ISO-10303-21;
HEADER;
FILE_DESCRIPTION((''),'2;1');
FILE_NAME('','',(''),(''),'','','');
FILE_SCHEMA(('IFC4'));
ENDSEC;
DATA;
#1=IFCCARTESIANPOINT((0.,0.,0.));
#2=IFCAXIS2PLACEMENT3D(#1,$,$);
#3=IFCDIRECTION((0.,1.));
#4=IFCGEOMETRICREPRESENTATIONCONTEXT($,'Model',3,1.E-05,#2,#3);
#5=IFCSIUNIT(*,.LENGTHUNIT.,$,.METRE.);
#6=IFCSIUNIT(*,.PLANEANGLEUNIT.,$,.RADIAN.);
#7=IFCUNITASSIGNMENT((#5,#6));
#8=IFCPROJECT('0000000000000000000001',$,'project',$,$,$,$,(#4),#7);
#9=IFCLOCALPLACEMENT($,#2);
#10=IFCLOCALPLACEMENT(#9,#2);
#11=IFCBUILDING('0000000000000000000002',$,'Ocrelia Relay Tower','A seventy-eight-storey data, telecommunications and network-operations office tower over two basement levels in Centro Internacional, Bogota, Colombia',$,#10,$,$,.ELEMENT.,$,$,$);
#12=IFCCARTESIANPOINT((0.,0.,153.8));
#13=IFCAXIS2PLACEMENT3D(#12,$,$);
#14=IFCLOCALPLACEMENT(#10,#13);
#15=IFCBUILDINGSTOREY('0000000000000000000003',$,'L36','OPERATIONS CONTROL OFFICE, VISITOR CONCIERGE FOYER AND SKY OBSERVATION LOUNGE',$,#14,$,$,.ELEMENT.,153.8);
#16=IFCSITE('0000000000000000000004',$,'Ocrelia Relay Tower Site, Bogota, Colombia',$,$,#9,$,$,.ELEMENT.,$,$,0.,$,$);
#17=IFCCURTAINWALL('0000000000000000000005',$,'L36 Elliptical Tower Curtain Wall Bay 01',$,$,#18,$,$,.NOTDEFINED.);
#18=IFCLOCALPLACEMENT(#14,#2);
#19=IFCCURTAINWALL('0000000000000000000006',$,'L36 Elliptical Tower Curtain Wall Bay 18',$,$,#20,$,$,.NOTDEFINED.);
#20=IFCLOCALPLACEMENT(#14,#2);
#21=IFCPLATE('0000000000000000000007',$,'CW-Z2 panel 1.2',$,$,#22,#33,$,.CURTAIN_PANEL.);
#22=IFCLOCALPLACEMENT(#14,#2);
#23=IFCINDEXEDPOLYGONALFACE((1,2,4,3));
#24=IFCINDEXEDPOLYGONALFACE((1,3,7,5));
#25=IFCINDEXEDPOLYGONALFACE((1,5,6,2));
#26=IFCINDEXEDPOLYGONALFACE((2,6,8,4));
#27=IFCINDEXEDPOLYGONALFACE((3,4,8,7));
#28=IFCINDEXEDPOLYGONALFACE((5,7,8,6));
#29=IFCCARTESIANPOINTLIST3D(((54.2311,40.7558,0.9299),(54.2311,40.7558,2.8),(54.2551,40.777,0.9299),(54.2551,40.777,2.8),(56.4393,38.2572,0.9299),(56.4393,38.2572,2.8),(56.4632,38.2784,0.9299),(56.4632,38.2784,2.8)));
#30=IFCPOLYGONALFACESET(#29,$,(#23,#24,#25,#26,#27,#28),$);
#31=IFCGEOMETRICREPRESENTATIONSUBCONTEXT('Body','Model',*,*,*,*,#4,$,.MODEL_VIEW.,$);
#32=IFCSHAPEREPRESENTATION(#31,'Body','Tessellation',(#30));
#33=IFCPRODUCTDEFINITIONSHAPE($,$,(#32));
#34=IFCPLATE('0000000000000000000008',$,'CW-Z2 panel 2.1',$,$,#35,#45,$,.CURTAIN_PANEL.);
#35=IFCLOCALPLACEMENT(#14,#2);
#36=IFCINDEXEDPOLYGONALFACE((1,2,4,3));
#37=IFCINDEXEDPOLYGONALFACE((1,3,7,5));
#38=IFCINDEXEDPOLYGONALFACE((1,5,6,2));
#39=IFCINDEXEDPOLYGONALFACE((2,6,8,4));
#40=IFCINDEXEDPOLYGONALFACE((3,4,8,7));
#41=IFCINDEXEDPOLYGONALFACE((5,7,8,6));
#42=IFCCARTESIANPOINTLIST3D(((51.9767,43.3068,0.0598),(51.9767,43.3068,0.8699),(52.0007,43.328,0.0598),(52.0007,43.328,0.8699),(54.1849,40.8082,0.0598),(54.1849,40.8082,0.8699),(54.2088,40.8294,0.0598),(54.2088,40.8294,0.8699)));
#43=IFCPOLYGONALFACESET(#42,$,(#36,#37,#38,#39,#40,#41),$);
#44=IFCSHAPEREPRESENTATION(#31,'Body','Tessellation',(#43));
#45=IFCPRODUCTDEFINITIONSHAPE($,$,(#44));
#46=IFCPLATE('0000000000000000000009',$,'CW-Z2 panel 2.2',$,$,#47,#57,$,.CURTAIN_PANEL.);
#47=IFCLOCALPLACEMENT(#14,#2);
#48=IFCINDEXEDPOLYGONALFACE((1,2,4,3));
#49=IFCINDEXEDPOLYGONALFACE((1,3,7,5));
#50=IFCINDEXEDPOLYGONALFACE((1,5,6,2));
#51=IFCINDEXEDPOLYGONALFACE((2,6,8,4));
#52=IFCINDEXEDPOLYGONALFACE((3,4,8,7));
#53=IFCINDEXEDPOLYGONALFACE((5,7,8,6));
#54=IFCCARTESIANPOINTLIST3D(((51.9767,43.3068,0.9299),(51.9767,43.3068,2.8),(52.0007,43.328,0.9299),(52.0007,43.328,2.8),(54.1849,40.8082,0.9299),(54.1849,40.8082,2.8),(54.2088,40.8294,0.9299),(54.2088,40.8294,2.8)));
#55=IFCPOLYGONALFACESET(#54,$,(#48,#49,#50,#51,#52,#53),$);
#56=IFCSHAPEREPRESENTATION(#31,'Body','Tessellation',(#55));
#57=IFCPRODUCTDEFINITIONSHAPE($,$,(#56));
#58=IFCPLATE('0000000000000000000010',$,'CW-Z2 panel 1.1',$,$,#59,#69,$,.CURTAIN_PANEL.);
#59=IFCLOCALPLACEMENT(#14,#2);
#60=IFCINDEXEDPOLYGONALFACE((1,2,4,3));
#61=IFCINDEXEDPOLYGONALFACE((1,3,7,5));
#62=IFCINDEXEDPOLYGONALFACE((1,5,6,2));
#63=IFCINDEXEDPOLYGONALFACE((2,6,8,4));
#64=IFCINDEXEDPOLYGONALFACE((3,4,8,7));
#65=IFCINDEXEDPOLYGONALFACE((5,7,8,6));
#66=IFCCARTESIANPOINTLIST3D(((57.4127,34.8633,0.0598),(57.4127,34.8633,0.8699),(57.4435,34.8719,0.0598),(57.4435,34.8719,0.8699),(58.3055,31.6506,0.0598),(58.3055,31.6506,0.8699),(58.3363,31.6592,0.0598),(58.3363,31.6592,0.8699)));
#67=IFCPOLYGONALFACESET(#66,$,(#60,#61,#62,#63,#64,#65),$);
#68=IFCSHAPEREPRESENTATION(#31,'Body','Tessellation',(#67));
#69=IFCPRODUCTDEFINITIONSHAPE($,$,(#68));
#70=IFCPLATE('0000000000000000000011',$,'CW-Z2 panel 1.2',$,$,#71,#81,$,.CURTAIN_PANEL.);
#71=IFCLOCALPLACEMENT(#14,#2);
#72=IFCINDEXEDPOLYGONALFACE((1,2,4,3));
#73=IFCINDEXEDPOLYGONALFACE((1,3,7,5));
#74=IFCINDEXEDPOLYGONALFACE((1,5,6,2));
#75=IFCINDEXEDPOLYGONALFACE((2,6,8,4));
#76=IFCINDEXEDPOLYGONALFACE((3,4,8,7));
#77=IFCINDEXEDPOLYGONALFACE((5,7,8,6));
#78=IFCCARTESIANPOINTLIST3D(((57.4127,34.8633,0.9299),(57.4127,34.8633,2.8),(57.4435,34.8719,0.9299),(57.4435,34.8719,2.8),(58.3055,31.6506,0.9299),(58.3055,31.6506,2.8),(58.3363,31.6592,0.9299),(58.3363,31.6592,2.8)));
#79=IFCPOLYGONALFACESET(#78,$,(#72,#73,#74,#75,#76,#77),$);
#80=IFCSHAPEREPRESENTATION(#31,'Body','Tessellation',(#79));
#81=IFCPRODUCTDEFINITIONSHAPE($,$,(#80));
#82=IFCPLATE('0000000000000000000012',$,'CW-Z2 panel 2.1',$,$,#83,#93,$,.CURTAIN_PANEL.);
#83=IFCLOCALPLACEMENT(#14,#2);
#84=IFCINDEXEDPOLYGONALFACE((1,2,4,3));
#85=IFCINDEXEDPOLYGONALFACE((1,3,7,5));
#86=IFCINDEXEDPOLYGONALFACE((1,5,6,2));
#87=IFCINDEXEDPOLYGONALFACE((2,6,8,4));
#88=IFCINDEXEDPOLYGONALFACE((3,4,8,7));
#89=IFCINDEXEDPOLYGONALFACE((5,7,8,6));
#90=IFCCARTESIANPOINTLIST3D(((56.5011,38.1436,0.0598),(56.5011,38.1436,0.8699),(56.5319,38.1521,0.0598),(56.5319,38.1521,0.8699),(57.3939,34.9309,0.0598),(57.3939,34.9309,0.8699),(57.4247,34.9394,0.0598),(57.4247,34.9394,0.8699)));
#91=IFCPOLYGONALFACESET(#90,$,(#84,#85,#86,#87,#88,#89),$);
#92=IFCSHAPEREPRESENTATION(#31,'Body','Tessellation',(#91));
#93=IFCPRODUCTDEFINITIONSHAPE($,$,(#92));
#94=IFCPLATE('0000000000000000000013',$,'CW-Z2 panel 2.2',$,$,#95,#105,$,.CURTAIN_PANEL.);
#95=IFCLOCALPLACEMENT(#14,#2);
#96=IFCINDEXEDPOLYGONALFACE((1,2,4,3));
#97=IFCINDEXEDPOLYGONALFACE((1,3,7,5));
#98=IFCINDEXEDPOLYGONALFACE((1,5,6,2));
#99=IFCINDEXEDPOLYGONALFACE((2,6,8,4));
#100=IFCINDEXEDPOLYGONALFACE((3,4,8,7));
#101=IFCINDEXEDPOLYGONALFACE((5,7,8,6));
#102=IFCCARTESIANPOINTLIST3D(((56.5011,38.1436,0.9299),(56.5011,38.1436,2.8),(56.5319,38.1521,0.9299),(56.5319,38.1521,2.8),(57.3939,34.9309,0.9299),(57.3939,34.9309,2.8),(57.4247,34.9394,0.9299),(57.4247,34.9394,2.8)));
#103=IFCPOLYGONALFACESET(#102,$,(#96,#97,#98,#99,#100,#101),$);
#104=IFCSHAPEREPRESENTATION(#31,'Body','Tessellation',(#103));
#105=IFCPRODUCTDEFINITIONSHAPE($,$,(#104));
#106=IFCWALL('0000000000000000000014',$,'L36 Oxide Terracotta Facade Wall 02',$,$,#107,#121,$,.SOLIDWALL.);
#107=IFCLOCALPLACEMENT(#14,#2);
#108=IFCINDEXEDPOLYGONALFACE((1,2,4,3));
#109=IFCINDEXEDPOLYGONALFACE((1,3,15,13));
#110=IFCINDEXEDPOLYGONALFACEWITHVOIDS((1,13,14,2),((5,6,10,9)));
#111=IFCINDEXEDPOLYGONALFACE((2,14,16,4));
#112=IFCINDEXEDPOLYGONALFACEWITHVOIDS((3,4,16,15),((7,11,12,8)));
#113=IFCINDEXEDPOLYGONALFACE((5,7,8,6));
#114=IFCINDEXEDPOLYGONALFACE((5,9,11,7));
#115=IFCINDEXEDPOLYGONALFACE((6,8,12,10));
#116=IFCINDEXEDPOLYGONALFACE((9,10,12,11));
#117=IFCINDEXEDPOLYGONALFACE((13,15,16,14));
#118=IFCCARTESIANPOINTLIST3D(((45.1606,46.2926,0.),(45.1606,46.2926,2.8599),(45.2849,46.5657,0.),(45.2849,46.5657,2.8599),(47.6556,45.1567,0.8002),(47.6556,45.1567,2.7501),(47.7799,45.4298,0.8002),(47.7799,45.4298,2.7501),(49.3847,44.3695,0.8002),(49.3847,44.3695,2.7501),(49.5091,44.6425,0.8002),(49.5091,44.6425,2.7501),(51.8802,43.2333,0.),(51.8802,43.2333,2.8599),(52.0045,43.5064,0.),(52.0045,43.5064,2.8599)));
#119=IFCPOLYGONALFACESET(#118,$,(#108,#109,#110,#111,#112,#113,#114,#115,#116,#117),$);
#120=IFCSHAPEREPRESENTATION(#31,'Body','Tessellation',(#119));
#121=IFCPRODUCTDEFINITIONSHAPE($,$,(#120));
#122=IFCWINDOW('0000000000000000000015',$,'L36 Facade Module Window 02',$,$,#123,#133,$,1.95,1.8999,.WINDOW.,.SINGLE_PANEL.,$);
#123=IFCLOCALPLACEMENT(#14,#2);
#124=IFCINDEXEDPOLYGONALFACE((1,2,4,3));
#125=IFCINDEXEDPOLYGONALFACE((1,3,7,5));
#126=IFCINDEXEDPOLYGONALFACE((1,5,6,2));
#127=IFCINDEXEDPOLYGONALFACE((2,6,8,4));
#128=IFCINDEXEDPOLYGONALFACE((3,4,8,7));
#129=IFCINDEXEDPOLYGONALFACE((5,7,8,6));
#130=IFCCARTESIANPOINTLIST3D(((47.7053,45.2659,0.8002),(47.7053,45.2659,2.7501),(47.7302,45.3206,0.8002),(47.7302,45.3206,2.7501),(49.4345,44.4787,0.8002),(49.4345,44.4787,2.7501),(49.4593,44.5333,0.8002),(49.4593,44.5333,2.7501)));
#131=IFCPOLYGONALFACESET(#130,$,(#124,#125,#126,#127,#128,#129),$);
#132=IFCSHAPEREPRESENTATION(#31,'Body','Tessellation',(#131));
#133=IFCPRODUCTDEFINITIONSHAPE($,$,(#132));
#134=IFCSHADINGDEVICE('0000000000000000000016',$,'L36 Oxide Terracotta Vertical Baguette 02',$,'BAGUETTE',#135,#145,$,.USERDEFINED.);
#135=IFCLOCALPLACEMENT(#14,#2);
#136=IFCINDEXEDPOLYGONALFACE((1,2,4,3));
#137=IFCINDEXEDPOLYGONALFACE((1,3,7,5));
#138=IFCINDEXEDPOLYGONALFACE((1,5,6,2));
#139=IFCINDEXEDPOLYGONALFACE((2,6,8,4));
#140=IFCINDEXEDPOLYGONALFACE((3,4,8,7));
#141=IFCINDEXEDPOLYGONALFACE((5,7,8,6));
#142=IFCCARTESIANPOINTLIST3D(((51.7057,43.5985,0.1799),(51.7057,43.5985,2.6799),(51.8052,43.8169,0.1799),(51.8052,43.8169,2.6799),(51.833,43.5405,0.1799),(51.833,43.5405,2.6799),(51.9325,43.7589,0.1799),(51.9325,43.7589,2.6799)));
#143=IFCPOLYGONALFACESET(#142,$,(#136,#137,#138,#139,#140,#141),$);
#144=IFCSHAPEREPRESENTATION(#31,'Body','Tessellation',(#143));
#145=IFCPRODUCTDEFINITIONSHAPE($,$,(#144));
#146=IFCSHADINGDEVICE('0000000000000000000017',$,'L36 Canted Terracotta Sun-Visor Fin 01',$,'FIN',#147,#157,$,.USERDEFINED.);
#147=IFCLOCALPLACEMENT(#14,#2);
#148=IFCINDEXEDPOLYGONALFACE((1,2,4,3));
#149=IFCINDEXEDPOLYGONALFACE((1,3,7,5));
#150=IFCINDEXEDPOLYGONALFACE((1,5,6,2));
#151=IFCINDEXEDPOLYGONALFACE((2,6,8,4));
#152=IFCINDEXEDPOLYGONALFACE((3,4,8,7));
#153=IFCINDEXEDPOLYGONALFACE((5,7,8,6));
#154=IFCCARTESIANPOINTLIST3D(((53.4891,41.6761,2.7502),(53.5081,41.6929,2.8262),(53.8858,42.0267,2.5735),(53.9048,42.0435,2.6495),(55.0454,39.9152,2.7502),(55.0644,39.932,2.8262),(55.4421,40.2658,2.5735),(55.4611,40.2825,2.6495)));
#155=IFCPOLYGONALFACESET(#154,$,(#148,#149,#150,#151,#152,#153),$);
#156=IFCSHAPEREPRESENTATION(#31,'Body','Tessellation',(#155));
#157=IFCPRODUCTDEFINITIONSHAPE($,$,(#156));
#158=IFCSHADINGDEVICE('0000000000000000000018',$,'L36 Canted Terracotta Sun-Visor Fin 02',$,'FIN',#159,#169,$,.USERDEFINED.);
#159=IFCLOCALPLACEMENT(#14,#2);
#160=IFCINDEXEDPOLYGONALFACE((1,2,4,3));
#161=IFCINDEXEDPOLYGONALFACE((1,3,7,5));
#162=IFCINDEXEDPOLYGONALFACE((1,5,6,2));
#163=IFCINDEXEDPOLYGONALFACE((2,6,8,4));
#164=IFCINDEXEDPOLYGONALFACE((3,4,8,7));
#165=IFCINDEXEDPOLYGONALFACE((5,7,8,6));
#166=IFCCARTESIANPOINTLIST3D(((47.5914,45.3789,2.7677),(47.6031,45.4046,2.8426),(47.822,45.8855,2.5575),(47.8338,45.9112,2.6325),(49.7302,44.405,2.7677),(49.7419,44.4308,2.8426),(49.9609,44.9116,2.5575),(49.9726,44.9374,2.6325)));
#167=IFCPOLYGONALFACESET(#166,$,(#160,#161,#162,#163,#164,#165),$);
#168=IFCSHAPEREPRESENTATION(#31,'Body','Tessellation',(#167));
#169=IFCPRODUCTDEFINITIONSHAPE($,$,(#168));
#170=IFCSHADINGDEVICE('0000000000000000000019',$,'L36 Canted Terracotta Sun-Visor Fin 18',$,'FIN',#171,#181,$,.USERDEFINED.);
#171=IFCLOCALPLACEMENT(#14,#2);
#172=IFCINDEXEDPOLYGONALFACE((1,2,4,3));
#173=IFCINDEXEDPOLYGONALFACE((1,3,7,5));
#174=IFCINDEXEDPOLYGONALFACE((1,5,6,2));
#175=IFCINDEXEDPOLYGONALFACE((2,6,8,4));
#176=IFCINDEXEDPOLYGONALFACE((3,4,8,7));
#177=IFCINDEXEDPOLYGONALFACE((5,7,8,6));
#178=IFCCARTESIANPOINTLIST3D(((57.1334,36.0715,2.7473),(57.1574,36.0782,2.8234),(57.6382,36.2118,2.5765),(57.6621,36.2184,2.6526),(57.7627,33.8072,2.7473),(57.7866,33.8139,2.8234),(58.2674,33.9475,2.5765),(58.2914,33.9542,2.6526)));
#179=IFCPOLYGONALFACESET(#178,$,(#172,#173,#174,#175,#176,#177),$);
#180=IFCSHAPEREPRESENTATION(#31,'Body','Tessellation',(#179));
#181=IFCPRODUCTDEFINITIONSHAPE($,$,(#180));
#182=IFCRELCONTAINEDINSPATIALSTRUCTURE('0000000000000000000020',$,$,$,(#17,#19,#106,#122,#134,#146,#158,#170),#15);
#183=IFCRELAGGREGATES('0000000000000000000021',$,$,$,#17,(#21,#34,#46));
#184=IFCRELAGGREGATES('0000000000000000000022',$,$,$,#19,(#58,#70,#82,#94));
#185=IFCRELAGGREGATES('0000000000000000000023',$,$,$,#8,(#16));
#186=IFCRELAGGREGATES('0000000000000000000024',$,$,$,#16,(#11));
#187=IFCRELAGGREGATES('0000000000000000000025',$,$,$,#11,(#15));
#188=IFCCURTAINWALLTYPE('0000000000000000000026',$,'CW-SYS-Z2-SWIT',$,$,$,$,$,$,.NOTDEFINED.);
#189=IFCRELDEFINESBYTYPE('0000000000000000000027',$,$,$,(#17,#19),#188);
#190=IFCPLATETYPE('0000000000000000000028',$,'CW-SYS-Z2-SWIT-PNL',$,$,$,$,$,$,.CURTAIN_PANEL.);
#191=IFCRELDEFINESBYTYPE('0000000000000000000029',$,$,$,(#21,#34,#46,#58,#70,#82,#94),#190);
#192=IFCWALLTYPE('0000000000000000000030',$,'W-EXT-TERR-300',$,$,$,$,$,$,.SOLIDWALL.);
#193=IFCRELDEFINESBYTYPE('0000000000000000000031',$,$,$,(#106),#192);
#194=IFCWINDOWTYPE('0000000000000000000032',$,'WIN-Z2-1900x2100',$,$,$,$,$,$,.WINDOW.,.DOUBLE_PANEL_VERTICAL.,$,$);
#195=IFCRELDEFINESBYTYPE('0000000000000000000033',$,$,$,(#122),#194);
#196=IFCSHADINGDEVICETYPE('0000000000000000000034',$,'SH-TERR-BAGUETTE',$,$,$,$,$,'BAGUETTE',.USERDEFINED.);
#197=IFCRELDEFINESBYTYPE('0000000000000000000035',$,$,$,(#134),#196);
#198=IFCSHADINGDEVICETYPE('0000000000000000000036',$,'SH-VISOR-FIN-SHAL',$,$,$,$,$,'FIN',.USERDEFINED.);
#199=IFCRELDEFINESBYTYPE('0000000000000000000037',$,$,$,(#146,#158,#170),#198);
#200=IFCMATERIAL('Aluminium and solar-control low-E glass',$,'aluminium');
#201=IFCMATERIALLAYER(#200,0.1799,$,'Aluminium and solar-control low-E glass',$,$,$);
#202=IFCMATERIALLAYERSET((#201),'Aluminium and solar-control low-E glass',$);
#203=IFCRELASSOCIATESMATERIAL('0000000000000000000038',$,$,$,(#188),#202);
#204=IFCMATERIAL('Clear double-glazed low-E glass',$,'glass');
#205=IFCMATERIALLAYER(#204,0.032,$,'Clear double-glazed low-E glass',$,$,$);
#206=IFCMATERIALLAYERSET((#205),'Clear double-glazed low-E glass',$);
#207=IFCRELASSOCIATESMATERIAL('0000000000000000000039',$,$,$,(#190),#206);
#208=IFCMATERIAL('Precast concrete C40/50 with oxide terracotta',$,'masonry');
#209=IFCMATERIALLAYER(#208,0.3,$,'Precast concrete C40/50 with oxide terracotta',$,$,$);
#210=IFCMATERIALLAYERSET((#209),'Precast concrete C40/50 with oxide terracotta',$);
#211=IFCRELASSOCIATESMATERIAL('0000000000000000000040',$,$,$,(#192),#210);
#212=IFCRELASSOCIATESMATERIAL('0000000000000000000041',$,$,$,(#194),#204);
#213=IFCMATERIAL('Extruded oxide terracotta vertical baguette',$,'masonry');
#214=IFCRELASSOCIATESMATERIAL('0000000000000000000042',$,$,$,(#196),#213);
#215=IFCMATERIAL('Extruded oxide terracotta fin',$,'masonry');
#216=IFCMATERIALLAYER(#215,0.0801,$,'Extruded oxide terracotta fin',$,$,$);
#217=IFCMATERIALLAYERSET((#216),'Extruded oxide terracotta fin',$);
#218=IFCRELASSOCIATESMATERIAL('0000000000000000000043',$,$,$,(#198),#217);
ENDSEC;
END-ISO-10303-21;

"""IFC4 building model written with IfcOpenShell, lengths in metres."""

from ifc_helpers import new_model, si_unit, direction, frame, frame_2d, origin, origin_2d, place, context, subcontext, project, spatial, rectangle, extrude, material, layer, layer_set, type_object, element, fill, aggregate, save


model = new_model("IFC4")

# Units and contexts
model_context = context("Model", 3, precision=1e-05, world=origin(), true_north=direction((0.0, 1.0)))
body_context = subcontext(model_context, "Body", "Model", "MODEL_VIEW")
ifc_project = project(units=[si_unit("LENGTHUNIT", "METRE"), si_unit("PLANEANGLEUNIT", "RADIAN")], contexts=[model_context])

# Site, building, storey
site_placement = place(None, origin())
site = spatial("IfcSite", under=ifc_project, at=site_placement, Name="Ocrelia Relay Tower Site, Bogota, Colombia", CompositionType="ELEMENT", RefElevation=0.0)
building_placement = place(site_placement, origin())
building = spatial("IfcBuilding", under=site, at=building_placement, Name="Ocrelia Relay Tower", Description="A seventy-eight-storey data, telecommunications and network-operations office tower over two basement levels in Centro Internacional, Bogota, Colombia", CompositionType="ELEMENT")
storey_placement = place(building_placement, frame((0.0, 0.0, 153.8)))
storey = spatial("IfcBuildingStorey", under=building, at=storey_placement, Name="L36", Description="OPERATIONS CONTROL OFFICE, VISITOR CONCIERGE FOYER AND SKY OBSERVATION LOUNGE", CompositionType="ELEMENT", Elevation=153.8)

# Curtain walls
ifc_material_1 = material(Name="Aluminium and solar-control low-E glass", Category="aluminium")
ifc_layer_1 = layer(ifc_material_1, 0.1799, Name="Aluminium and solar-control low-E glass")
ifc_layer_set_1 = layer_set([ifc_layer_1], Name="Aluminium and solar-control low-E glass")
curtain_wall_type = type_object("IfcCurtainWallType", Name="CW-SYS-Z2-SWIT", PredefinedType="NOTDEFINED", material=ifc_layer_set_1)
curtain_wall_1_placement = place(storey_placement, origin())
curtain_wall_1 = element("IfcCurtainWall", 1, at=curtain_wall_1_placement, inside=storey, type_object=curtain_wall_type, Name="L36 Elliptical Tower Curtain Wall Bay 01", PredefinedType="NOTDEFINED")
curtain_wall_2_placement = place(storey_placement, origin())
curtain_wall_2 = element("IfcCurtainWall", 2, at=curtain_wall_2_placement, inside=storey, type_object=curtain_wall_type, Name="L36 Elliptical Tower Curtain Wall Bay 18", PredefinedType="NOTDEFINED")

# Plates
ifc_material_2 = material(Name="Clear double-glazed low-E glass", Category="glass")
ifc_layer_2 = layer(ifc_material_2, 0.032, Name="Clear double-glazed low-E glass")
ifc_layer_set_2 = layer_set([ifc_layer_2], Name="Clear double-glazed low-E glass")
plate_type = type_object("IfcPlateType", Name="CW-SYS-Z2-SWIT-PNL", PredefinedType="CURTAIN_PANEL", material=ifc_layer_set_2)
plate_1_placement = place(storey_placement, frame((55.3472, 39.5171, 0.9299), z_axis=(0.0, 0.0, 1.0), x_axis=(-0.662219, 0.74931, 0.0)))
plate_1 = element("IfcPlate", 3, at=plate_1_placement, type_object=plate_type, Name="CW-Z2 panel 1.2", PredefinedType="CURTAIN_PANEL", context=body_context, shape_type="SweptSolid", body=[
    extrude(rectangle(XDim=3.3345, YDim=0.032, at=origin_2d()), origin(), (0.0, 0.0, 1.0), 1.8701),
])
plate_2_placement = place(storey_placement, frame((53.0928, 42.0681, 0.0598), z_axis=(0.0, 0.0, 1.0), x_axis=(-0.662219, 0.74931, 0.0)))
plate_2 = element("IfcPlate", 4, at=plate_2_placement, type_object=plate_type, Name="CW-Z2 panel 2.1", PredefinedType="CURTAIN_PANEL", context=body_context, shape_type="SweptSolid", body=[
    extrude(rectangle(XDim=3.3345, YDim=0.032, at=origin_2d()), origin(), (0.0, 0.0, 1.0), 0.8101),
])
plate_3_placement = place(storey_placement, frame((53.0928, 42.0681, 0.9299), z_axis=(0.0, 0.0, 1.0), x_axis=(-0.662219, 0.74931, 0.0)))
plate_3 = element("IfcPlate", 5, at=plate_3_placement, type_object=plate_type, Name="CW-Z2 panel 2.2", PredefinedType="CURTAIN_PANEL", context=body_context, shape_type="SweptSolid", body=[
    extrude(rectangle(XDim=3.3345, YDim=0.032, at=origin_2d()), origin(), (0.0, 0.0, 1.0), 1.8701),
])
aggregate(curtain_wall_1, [plate_1, plate_2, plate_3])
plate_4_placement = place(storey_placement, frame((57.8745, 33.2612, 0.0598), z_axis=(0.0, 0.0, 1.0), x_axis=(-0.267754, 0.963487, 0.0)))
plate_4 = element("IfcPlate", 6, at=plate_4_placement, type_object=plate_type, Name="CW-Z2 panel 1.1", PredefinedType="CURTAIN_PANEL", context=body_context, shape_type="SweptSolid", body=[
    extrude(rectangle(XDim=3.3345, YDim=0.032, at=origin_2d()), origin(), (0.0, 0.0, 1.0), 0.8101),
])
plate_5_placement = place(storey_placement, frame((57.8745, 33.2612, 0.9299), z_axis=(0.0, 0.0, 1.0), x_axis=(-0.267754, 0.963487, 0.0)))
plate_5 = element("IfcPlate", 7, at=plate_5_placement, type_object=plate_type, Name="CW-Z2 panel 1.2", PredefinedType="CURTAIN_PANEL", context=body_context, shape_type="SweptSolid", body=[
    extrude(rectangle(XDim=3.3345, YDim=0.032, at=origin_2d()), origin(), (0.0, 0.0, 1.0), 1.8701),
])
plate_6_placement = place(storey_placement, frame((56.9629, 36.5415, 0.0598), z_axis=(0.0, 0.0, 1.0), x_axis=(-0.267754, 0.963487, 0.0)))
plate_6 = element("IfcPlate", 8, at=plate_6_placement, type_object=plate_type, Name="CW-Z2 panel 2.1", PredefinedType="CURTAIN_PANEL", context=body_context, shape_type="SweptSolid", body=[
    extrude(rectangle(XDim=3.3345, YDim=0.032, at=origin_2d()), origin(), (0.0, 0.0, 1.0), 0.8101),
])
plate_7_placement = place(storey_placement, frame((56.9629, 36.5415, 0.9299), z_axis=(0.0, 0.0, 1.0), x_axis=(-0.267754, 0.963487, 0.0)))
plate_7 = element("IfcPlate", 9, at=plate_7_placement, type_object=plate_type, Name="CW-Z2 panel 2.2", PredefinedType="CURTAIN_PANEL", context=body_context, shape_type="SweptSolid", body=[
    extrude(rectangle(XDim=3.3345, YDim=0.032, at=origin_2d()), origin(), (0.0, 0.0, 1.0), 1.8701),
])
aggregate(curtain_wall_2, [plate_4, plate_5, plate_6, plate_7])

# Wall, opening, window
ifc_material_3 = material(Name="Precast concrete C40/50 with oxide terracotta", Category="masonry")
ifc_layer_3 = layer(ifc_material_3, 0.3, Name="Precast concrete C40/50 with oxide terracotta")
ifc_layer_set_3 = layer_set([ifc_layer_3], Name="Precast concrete C40/50 with oxide terracotta")
wall_type = type_object("IfcWallType", Name="W-EXT-TERR-300", PredefinedType="SOLIDWALL", material=ifc_layer_set_3)
wall_placement = place(storey_placement, frame((51.9424, 43.3699, 0.0), z_axis=(0.0, 0.0, 1.0), x_axis=(-0.910116, 0.414353, 0.0)))
wall = element("IfcWall", 10, at=wall_placement, inside=storey, type_object=wall_type, Name="L36 Oxide Terracotta Facade Wall 02", PredefinedType="SOLIDWALL", context=body_context, shape_type="SweptSolid", body=[
    extrude(rectangle(XDim=7.3833, YDim=0.3, at=frame_2d((3.6917, 0.0))), origin(), (0.0, 0.0, 1.0), 2.8599),
])
opening_placement = place(wall_placement, frame((2.7419, 0.0, 0.8)))
opening = element("IfcOpeningElement", 11, at=opening_placement, cuts=wall, PredefinedType="OPENING", context=body_context, shape_type="SweptSolid", body=[
    extrude(rectangle(XDim=1.8999, YDim=1.95, at=frame_2d((0.95, 0.9751))), frame((0.0, 0.1602, 0.0), z_axis=(0.0, -1.0, 0.0), x_axis=(1.0, 0.0, 0.0)), (0.0, 0.0, 1.0), 0.3201),
])
window_type = type_object("IfcWindowType", Name="WIN-Z2-1900x2100", PartitioningType="DOUBLE_PANEL_VERTICAL", PredefinedType="WINDOW", material=ifc_material_2)
window_placement = place(opening_placement, origin())
window = element("IfcWindow", 12, at=window_placement, inside=storey, type_object=window_type, Name="L36 Facade Module Window 02", OverallHeight=1.95, OverallWidth=1.8999, PartitioningType="SINGLE_PANEL", PredefinedType="WINDOW", context=body_context, shape_type="SweptSolid", body=[
    extrude(rectangle(XDim=1.8999, YDim=1.95, at=frame_2d((0.95, 0.9751))), frame((0.0, 0.03, 0.0), z_axis=(0.0, -1.0, 0.0), x_axis=(1.0, 0.0, 0.0)), (0.0, 0.0, 1.0), 0.0601),
])
fill(opening, window)

# Shading devices
ifc_material_4 = material(Name="Extruded oxide terracotta vertical baguette", Category="masonry")
shading_device_type_1 = type_object("IfcShadingDeviceType", Name="SH-TERR-BAGUETTE", ElementType="BAGUETTE", PredefinedType="USERDEFINED", material=ifc_material_4)
shading_device_1_placement = place(storey_placement, frame((51.8191, 43.6787, 0.1799), z_axis=(0.0, 0.0, 1.0), x_axis=(-0.910104, 0.414379, 0.0)))
element("IfcShadingDevice", 13, at=shading_device_1_placement, inside=storey, type_object=shading_device_type_1, Name="L36 Oxide Terracotta Vertical Baguette 02", ObjectType="BAGUETTE", PredefinedType="USERDEFINED", context=body_context, shape_type="SweptSolid", body=[
    extrude(rectangle(XDim=0.1399, YDim=0.24, at=origin_2d()), origin(), (0.0, 0.0, 1.0), 2.5),
])
ifc_material_5 = material(Name="Extruded oxide terracotta fin", Category="masonry")
ifc_layer_4 = layer(ifc_material_5, 0.0801, Name="Extruded oxide terracotta fin")
ifc_layer_set_4 = layer_set([ifc_layer_4], Name="Extruded oxide terracotta fin")
shading_device_type_2 = type_object("IfcShadingDeviceType", Name="SH-VISOR-FIN-SHAL", ElementType="FIN", PredefinedType="USERDEFINED", material=ifc_layer_set_4)
shading_device_2_placement = place(storey_placement, frame((54.4656, 40.9709, 2.6619), z_axis=(0.237264, 0.209687, 0.948545), x_axis=(-0.662219, 0.74931, 0.0)))
element("IfcShadingDevice", 14, at=shading_device_2_placement, inside=storey, type_object=shading_device_type_2, Name="L36 Canted Terracotta Sun-Visor Fin 01", ObjectType="FIN", PredefinedType="USERDEFINED", context=body_context, shape_type="SweptSolid", body=[
    extrude(rectangle(XDim=2.3501, YDim=0.5581, at=origin_2d()), origin(), (0.0, 0.0, 1.0), 0.0801),
])
shading_device_3_placement = place(storey_placement, frame((48.7761, 45.1453, 2.6626), z_axis=(0.146337, 0.321402, 0.935567), x_axis=(-0.910104, 0.414379, 0.0)))
element("IfcShadingDevice", 15, at=shading_device_3_placement, inside=storey, type_object=shading_device_type_2, Name="L36 Canted Terracotta Sun-Visor Fin 02", ObjectType="FIN", PredefinedType="USERDEFINED", context=body_context, shape_type="SweptSolid", body=[
    extrude(rectangle(XDim=2.3501, YDim=0.595, at=origin_2d()), origin(), (0.0, 0.0, 1.0), 0.0801),
])
shading_device_4_placement = place(storey_placement, frame((57.7004, 35.0095, 2.6619), z_axis=(0.298693, 0.083007, 0.950732), x_axis=(-0.267754, 0.963487, 0.0)))
element("IfcShadingDevice", 16, at=shading_device_4_placement, inside=storey, type_object=shading_device_type_2, Name="L36 Canted Terracotta Sun-Visor Fin 18", ObjectType="FIN", PredefinedType="USERDEFINED", context=body_context, shape_type="SweptSolid", body=[
    extrude(rectangle(XDim=2.3501, YDim=0.551, at=origin_2d()), origin(), (0.0, 0.0, 1.0), 0.0801),
])

save(model, "model.ifc")
